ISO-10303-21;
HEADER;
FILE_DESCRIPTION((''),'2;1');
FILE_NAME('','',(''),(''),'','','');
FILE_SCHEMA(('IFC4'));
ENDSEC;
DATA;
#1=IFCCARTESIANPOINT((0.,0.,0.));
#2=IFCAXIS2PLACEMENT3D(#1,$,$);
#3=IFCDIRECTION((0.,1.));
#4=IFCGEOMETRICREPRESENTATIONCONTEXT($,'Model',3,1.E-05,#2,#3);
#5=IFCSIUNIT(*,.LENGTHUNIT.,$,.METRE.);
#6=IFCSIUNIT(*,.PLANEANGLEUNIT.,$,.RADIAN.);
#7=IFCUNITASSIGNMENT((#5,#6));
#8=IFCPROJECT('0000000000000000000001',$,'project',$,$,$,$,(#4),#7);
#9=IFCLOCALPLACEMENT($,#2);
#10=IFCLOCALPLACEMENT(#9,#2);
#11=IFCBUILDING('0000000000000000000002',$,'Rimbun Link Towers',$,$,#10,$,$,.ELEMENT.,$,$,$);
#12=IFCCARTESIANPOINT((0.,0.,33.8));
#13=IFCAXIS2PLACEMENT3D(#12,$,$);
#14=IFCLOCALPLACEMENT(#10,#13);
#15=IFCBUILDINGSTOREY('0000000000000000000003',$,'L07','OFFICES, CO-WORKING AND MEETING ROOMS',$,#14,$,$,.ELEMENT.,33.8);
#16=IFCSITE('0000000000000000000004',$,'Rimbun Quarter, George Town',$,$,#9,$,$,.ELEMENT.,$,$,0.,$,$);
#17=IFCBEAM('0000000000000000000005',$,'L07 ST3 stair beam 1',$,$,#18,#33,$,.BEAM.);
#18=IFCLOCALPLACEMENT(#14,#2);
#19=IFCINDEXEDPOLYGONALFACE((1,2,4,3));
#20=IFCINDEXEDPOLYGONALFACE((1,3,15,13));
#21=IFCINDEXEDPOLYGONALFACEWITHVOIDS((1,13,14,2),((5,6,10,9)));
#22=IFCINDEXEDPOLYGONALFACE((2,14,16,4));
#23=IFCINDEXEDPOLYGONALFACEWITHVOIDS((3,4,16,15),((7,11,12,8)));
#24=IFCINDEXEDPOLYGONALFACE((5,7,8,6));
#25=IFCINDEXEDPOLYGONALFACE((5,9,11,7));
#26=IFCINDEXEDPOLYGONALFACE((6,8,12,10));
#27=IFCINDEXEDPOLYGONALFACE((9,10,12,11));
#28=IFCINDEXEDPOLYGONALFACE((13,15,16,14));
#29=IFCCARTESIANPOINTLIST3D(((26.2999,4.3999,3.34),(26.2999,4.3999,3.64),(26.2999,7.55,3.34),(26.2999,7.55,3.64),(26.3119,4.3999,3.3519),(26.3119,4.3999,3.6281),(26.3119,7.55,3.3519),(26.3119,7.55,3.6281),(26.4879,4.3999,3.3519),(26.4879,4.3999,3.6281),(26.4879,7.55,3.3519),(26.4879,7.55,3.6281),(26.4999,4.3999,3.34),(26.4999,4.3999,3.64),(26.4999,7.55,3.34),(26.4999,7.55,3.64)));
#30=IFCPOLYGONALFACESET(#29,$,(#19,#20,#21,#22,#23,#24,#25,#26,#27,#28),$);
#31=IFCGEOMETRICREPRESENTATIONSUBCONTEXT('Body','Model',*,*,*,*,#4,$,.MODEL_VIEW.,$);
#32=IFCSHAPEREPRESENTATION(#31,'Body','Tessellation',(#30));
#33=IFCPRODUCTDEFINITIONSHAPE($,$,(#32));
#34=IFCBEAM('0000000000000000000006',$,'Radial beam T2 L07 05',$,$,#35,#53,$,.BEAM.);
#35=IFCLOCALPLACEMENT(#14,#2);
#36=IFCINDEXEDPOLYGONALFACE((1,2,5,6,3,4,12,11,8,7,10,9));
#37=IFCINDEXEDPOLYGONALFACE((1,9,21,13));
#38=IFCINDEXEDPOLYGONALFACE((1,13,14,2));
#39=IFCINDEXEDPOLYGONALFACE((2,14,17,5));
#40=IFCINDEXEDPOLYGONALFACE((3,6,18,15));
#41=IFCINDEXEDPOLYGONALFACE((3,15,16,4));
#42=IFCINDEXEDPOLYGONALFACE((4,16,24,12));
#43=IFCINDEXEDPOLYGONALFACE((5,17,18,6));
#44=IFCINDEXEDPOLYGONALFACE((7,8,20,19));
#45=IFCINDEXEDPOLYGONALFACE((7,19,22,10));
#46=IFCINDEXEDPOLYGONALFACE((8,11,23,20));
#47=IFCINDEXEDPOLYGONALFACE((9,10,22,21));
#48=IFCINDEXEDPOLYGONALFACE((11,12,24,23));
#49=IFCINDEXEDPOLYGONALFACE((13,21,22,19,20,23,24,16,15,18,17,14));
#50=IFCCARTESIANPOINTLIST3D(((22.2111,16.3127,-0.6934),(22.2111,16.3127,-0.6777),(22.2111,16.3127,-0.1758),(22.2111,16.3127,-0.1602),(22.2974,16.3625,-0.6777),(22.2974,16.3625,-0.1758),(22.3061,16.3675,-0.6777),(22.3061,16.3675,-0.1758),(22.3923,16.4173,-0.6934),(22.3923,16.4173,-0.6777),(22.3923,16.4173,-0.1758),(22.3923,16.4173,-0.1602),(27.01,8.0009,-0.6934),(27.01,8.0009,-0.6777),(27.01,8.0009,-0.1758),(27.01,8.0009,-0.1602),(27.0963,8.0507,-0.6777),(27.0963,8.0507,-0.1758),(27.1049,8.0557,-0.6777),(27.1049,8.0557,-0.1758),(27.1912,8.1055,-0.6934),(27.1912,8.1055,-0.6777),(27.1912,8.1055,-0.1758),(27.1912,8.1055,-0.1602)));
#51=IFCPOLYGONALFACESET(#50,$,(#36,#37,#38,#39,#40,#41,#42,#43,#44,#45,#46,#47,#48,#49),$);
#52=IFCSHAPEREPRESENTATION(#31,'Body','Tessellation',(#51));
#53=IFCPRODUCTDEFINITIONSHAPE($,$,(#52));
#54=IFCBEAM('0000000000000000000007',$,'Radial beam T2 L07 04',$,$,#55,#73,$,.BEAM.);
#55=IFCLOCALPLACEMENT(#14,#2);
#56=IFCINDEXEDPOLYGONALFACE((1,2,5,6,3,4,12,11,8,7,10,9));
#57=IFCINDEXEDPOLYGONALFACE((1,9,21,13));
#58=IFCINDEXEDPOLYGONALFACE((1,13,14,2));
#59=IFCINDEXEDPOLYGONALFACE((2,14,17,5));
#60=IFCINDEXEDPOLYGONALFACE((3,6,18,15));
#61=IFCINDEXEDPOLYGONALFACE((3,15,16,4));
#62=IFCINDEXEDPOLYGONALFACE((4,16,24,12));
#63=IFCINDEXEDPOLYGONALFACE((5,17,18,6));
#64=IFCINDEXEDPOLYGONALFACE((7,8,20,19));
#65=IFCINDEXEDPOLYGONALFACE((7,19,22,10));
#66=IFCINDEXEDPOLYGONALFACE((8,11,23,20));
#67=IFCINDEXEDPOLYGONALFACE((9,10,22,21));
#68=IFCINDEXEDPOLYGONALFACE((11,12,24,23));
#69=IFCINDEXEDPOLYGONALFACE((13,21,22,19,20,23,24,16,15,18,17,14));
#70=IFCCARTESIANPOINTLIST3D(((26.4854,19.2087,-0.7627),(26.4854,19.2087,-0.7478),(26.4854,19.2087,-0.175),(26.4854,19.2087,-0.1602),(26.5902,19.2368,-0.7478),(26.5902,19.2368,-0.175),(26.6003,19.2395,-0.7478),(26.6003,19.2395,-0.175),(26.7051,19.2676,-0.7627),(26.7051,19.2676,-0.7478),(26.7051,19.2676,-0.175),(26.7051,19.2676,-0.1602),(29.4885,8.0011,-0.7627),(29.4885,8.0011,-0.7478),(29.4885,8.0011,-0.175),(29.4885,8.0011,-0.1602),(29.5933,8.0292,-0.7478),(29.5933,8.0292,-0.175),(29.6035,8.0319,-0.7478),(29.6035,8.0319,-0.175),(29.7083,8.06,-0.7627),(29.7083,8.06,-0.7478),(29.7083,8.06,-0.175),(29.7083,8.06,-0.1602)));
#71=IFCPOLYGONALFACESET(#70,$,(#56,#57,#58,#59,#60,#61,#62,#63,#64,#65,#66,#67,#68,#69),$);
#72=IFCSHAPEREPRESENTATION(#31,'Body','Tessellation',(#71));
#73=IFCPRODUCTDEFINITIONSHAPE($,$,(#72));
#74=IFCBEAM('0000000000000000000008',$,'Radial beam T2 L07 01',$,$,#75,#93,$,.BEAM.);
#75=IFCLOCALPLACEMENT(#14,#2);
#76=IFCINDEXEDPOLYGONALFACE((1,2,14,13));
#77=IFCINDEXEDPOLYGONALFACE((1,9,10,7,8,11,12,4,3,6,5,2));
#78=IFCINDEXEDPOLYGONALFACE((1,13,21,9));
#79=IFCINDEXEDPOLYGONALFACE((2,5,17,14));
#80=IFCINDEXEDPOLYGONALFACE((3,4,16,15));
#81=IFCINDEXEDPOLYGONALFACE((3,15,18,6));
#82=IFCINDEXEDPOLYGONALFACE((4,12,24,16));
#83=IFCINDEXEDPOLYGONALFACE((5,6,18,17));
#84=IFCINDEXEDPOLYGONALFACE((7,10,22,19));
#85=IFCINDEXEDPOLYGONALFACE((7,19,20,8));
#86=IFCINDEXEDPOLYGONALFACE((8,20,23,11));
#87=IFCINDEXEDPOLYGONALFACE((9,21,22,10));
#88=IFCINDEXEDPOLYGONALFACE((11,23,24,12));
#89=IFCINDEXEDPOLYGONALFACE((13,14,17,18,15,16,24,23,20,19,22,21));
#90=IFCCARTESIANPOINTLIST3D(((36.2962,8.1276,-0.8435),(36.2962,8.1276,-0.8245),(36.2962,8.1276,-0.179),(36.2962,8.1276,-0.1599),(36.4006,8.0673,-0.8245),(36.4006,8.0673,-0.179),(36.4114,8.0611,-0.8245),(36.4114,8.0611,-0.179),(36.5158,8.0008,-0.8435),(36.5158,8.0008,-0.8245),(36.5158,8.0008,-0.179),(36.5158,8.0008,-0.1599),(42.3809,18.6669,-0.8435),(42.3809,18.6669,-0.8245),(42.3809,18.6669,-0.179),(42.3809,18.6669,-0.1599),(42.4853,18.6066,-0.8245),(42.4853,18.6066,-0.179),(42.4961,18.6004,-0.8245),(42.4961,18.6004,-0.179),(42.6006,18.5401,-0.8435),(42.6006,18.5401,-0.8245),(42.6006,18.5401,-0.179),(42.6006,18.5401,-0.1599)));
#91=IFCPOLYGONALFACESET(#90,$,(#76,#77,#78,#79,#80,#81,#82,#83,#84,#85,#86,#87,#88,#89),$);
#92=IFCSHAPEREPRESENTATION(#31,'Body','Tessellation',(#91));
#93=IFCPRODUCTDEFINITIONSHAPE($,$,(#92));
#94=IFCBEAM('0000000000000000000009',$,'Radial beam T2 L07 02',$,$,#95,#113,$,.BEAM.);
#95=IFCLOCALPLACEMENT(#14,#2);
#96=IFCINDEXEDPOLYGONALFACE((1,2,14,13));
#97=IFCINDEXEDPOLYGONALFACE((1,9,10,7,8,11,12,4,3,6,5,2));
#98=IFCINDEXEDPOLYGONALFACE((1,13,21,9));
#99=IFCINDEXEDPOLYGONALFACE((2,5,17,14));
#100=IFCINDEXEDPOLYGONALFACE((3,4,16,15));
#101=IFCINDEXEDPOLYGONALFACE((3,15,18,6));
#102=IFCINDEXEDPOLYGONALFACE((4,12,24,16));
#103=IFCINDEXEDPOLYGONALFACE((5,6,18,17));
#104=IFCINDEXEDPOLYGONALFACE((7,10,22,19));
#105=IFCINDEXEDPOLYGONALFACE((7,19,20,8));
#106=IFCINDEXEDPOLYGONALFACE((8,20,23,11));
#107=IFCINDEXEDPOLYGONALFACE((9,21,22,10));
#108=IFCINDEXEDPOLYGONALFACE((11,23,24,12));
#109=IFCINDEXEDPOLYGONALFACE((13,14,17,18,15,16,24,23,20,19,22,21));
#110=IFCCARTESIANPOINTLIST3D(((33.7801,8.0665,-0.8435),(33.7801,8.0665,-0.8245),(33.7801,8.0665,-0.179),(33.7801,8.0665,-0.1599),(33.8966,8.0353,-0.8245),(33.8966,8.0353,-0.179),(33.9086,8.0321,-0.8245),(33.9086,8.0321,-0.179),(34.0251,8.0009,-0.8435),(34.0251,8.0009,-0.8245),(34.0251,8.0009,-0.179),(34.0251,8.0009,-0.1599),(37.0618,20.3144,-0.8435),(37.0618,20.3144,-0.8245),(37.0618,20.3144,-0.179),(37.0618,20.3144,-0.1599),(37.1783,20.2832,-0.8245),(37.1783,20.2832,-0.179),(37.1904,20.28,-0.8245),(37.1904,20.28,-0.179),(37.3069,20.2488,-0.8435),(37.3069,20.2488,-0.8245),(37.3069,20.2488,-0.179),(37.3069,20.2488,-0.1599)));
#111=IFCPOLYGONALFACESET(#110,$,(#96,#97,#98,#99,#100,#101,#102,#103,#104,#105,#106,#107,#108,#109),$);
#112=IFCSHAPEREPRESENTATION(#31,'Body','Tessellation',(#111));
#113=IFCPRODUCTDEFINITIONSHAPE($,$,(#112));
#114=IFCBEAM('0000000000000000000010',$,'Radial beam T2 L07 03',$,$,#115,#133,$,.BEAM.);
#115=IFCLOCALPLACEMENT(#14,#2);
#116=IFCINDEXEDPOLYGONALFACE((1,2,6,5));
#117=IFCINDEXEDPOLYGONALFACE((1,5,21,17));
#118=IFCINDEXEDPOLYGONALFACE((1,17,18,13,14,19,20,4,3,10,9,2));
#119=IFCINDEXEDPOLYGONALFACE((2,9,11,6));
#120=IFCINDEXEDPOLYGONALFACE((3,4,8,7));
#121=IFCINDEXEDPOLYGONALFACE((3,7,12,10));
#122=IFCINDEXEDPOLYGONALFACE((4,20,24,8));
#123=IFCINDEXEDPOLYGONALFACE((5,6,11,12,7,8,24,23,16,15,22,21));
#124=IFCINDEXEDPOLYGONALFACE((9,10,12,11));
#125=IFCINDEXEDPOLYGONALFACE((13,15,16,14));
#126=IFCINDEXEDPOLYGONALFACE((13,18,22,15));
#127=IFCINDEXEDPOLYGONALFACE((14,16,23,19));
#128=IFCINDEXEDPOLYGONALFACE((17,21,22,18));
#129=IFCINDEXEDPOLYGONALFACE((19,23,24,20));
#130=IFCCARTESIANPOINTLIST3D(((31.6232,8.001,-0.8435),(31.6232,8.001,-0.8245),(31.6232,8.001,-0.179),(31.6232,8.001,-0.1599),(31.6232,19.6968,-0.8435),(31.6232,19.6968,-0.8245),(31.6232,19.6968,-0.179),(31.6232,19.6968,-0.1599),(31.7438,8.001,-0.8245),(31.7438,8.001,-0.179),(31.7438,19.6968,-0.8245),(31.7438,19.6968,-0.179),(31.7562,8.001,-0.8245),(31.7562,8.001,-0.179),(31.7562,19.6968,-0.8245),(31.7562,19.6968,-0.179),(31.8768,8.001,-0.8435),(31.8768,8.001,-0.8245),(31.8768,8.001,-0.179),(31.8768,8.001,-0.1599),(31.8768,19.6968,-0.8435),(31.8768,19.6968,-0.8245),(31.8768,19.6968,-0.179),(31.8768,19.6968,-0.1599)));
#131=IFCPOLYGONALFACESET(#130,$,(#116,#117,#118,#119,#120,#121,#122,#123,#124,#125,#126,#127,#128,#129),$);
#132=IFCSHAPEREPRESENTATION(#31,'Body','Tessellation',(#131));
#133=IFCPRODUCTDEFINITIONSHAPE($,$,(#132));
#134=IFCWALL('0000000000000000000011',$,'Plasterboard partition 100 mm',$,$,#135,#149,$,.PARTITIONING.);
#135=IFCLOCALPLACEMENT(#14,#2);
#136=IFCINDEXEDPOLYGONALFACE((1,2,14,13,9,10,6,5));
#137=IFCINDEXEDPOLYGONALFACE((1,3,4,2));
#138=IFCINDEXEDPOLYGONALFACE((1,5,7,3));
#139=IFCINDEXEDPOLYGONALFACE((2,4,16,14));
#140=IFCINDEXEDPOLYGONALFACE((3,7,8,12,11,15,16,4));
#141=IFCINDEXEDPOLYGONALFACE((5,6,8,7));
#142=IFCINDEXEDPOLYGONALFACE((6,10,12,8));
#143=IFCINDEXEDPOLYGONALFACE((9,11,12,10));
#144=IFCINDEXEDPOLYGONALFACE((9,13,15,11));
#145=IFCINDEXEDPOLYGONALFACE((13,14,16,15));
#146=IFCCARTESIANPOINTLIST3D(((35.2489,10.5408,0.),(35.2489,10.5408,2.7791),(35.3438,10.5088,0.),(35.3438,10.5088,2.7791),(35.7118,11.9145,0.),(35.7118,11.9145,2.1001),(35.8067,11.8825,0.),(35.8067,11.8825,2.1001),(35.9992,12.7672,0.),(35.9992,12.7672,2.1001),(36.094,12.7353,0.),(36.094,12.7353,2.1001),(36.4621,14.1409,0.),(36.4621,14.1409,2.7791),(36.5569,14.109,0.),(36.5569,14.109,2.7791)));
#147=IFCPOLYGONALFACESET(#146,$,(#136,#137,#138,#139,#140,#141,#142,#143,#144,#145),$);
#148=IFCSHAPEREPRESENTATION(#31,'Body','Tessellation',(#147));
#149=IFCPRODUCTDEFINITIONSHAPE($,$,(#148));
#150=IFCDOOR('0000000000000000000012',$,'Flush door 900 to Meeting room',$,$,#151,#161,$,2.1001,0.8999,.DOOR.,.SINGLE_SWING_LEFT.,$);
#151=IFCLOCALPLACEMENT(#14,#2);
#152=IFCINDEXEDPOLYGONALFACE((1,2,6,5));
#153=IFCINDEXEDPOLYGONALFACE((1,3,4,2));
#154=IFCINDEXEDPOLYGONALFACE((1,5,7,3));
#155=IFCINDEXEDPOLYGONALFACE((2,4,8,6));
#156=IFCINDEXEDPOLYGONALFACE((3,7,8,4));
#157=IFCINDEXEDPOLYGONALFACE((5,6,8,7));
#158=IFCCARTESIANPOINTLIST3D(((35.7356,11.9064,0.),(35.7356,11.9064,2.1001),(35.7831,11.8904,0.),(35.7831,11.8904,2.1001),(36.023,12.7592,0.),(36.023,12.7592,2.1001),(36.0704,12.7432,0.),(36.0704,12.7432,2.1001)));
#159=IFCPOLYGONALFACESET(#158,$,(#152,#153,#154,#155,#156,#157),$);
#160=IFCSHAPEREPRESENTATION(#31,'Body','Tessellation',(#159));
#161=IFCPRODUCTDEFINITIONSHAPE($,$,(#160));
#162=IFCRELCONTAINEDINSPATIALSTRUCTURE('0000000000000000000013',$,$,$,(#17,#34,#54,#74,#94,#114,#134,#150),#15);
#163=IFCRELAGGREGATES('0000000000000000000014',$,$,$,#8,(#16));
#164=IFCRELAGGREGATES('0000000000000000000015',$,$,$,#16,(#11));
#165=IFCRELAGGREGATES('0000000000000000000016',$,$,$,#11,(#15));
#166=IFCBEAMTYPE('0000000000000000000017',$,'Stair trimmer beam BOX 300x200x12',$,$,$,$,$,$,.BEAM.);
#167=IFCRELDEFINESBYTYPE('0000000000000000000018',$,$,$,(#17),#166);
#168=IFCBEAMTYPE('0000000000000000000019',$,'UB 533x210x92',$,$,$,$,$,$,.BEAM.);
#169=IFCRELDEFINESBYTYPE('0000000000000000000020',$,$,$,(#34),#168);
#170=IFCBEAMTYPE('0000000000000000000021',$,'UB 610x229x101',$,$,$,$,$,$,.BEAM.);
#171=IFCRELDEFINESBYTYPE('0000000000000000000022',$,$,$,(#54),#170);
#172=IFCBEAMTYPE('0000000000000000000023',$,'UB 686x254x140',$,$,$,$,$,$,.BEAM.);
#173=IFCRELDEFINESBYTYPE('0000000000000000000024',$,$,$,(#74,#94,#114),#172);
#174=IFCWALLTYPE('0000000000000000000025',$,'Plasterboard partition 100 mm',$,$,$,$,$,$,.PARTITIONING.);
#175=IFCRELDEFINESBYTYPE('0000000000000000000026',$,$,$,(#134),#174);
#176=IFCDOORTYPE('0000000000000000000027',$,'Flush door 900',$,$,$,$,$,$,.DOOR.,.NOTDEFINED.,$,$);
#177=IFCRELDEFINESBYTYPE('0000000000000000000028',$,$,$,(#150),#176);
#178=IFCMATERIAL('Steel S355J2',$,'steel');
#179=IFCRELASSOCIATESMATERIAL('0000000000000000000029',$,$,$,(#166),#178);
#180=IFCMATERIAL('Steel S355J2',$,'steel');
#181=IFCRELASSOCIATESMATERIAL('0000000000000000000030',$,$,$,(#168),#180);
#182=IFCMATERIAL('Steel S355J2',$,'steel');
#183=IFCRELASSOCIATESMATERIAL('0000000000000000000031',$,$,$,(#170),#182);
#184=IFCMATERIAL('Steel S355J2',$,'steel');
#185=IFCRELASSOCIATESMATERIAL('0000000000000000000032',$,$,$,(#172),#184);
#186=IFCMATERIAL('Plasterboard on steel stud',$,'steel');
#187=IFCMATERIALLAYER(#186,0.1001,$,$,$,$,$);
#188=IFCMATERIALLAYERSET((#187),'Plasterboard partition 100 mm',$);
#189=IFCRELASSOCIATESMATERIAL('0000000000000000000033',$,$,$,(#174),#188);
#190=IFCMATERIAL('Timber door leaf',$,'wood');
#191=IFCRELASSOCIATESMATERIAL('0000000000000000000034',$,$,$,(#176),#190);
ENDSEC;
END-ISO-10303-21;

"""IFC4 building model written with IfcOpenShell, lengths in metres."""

from ifc_helpers import new_model, si_unit, direction, frame, frame_2d, origin, origin_2d, place, context, subcontext, project, spatial, rectangle, hollow_rectangle, i_section, extrude, material, layer, layer_set, material_profile, profile_set, type_object, element, fill, save


model = new_model("IFC4")

# Units and contexts
model_context = context("Model", 3, precision=1e-05, world=origin(), true_north=direction((0.0, 1.0)))
body_context = subcontext(model_context, "Body", "Model", "MODEL_VIEW")
ifc_project = project(units=[si_unit("LENGTHUNIT", "METRE"), si_unit("PLANEANGLEUNIT", "RADIAN")], contexts=[model_context])

# Site, building, storey
site_placement = place(None, origin())
site = spatial("IfcSite", under=ifc_project, at=site_placement, Name="Rimbun Quarter, George Town", CompositionType="ELEMENT", RefElevation=0.0)
building_placement = place(site_placement, origin())
building = spatial("IfcBuilding", under=site, at=building_placement, Name="Rimbun Link Towers", CompositionType="ELEMENT")
storey_placement = place(building_placement, frame((0.0, 0.0, 33.8)))
storey = spatial("IfcBuildingStorey", under=building, at=storey_placement, Name="L07", Description="OFFICES, CO-WORKING AND MEETING ROOMS", CompositionType="ELEMENT", Elevation=33.8)

# Beams
ifc_material_1 = material(Name="Steel S355J2", Category="steel")
ifc_material_profile_1 = material_profile(ifc_material_1, hollow_rectangle(XDim=0.2, YDim=0.3, WallThickness=0.012, at=origin_2d()), Name="BOX 300x200x12")
ifc_profile_set_1 = profile_set([ifc_material_profile_1], Name="Steel S355J2")
beam_type_1 = type_object("IfcBeamType", Name="Stair trimmer beam BOX 300x200x12", PredefinedType="BEAM", material=ifc_profile_set_1)
beam_1_placement = place(storey_placement, frame((26.3999, 7.55, 3.49), z_axis=(0.0, -1.0, 0.0), x_axis=(1.0, 0.0, 0.0)))
element("IfcBeam", 1, at=beam_1_placement, inside=storey, type_object=beam_type_1, Name="L07 ST3 stair beam 1", PredefinedType="BEAM", context=body_context, shape_type="SweptSolid", body=[
    extrude(hollow_rectangle(XDim=0.2, YDim=0.3, WallThickness=0.012, at=origin_2d()), origin(), (0.0, 0.0, 1.0), 3.1501),
])
ifc_material_2 = material(Name="Steel S355J2", Category="steel")
ifc_material_profile_2 = material_profile(ifc_material_2, i_section(OverallWidth=0.2092, OverallDepth=0.5332, WebThickness=0.01, FlangeThickness=0.0156, at=origin_2d()), Name="UB 533x210x92")
ifc_profile_set_2 = profile_set([ifc_material_profile_2], Name="Steel S355J2")
beam_type_2 = type_object("IfcBeamType", Name="UB 533x210x92", PredefinedType="BEAM", material=ifc_profile_set_2)
beam_2_placement = place(storey_placement, frame((27.1006, 8.0532, -0.4268), z_axis=(-0.500002, 0.866024, 0.0), x_axis=(-0.866024, -0.500002, 0.0)))
element("IfcBeam", 2, at=beam_2_placement, inside=storey, type_object=beam_type_2, Name="Radial beam T2 L07 05", PredefinedType="BEAM", context=body_context, shape_type="SweptSolid", body=[
    extrude(i_section(OverallWidth=0.2092, OverallDepth=0.5332, WebThickness=0.01, FlangeThickness=0.0156, at=origin_2d()), origin(), (0.0, 0.0, 1.0), 9.5977),
])
ifc_material_3 = material(Name="Steel S355J2", Category="steel")
ifc_material_profile_3 = material_profile(ifc_material_3, i_section(OverallWidth=0.2275, OverallDepth=0.6025, WebThickness=0.0105, FlangeThickness=0.0149, at=origin_2d()), Name="UB 610x229x101")
ifc_profile_set_3 = profile_set([ifc_material_profile_3], Name="Steel S355J2")
beam_type_3 = type_object("IfcBeamType", Name="UB 610x229x101", PredefinedType="BEAM", material=ifc_profile_set_3)
beam_3_placement = place(storey_placement, frame((29.5984, 8.0305, -0.4614), z_axis=(-0.258824, 0.965924, 0.0), x_axis=(-0.965924, -0.258824, 0.0)))
element("IfcBeam", 3, at=beam_3_placement, inside=storey, type_object=beam_type_3, Name="Radial beam T2 L07 04", PredefinedType="BEAM", context=body_context, shape_type="SweptSolid", body=[
    extrude(i_section(OverallWidth=0.2275, OverallDepth=0.6025, WebThickness=0.0105, FlangeThickness=0.0149, at=origin_2d()), origin(), (0.0, 0.0, 1.0), 11.603),
])
ifc_material_4 = material(Name="Steel S355J2", Category="steel")
ifc_material_profile_4 = material_profile(ifc_material_4, i_section(OverallWidth=0.2537, OverallDepth=0.6836, WebThickness=0.0125, FlangeThickness=0.019, at=origin_2d()), Name="UB 686x254x140")
ifc_profile_set_4 = profile_set([ifc_material_profile_4], Name="Steel S355J2")
beam_type_4 = type_object("IfcBeamType", Name="UB 686x254x140", PredefinedType="BEAM", material=ifc_profile_set_4)
beam_4_placement = place(storey_placement, frame((36.406, 8.0642, -0.5017), z_axis=(0.49999, 0.866031, 0.0), x_axis=(-0.866031, 0.49999, 0.0)))
element("IfcBeam", 4, at=beam_4_placement, inside=storey, type_object=beam_type_4, Name="Radial beam T2 L07 01", PredefinedType="BEAM", context=body_context, shape_type="SweptSolid", body=[
    extrude(i_section(OverallWidth=0.2537, OverallDepth=0.6836, WebThickness=0.0125, FlangeThickness=0.019, at=origin_2d()), origin(), (0.0, 0.0, 1.0), 12.1697),
])
beam_5_placement = place(storey_placement, frame((33.9026, 8.0337, -0.5017), z_axis=(0.258815, 0.965927, 0.0), x_axis=(-0.965927, 0.258815, 0.0)))
element("IfcBeam", 5, at=beam_5_placement, inside=storey, type_object=beam_type_4, Name="Radial beam T2 L07 02", PredefinedType="BEAM", context=body_context, shape_type="SweptSolid", body=[
    extrude(i_section(OverallWidth=0.2537, OverallDepth=0.6836, WebThickness=0.0125, FlangeThickness=0.019, at=origin_2d()), origin(), (0.0, 0.0, 1.0), 12.6799),
])
beam_6_placement = place(storey_placement, frame((31.75, 8.001, -0.5017), z_axis=(0.0, 1.0, 0.0), x_axis=(-1.0, 0.0, 0.0)))
element("IfcBeam", 6, at=beam_6_placement, inside=storey, type_object=beam_type_4, Name="Radial beam T2 L07 03", PredefinedType="BEAM", context=body_context, shape_type="SweptSolid", body=[
    extrude(i_section(OverallWidth=0.2537, OverallDepth=0.6836, WebThickness=0.0125, FlangeThickness=0.019, at=origin_2d()), origin(), (0.0, 0.0, 1.0), 11.6958),
])

# Wall, opening, door
ifc_material_5 = material(Name="Plasterboard on steel stud", Category="steel")
ifc_layer_1 = layer(ifc_material_5, 0.1001)
ifc_layer_set_1 = layer_set([ifc_layer_1], Name="Plasterboard partition 100 mm")
wall_type_1 = type_object("IfcWallType", Name="Plasterboard partition 100 mm", PredefinedType="PARTITIONING", material=ifc_layer_set_1)
wall_1_placement = place(storey_placement, frame((35.2964, 10.5249, 0.0), z_axis=(0.0, 0.0, 1.0), x_axis=(0.31933, 0.947644, 0.0)))
wall_1 = element("IfcWall", 7, at=wall_1_placement, inside=storey, type_object=wall_type_1, Name="Plasterboard partition 100 mm", PredefinedType="PARTITIONING", context=body_context, shape_type="SweptSolid", body=[
    extrude(rectangle(XDim=3.7991, YDim=0.1001, at=frame_2d((1.8994, 0.0))), origin(), (0.0, 0.0, 1.0), 2.7791),
])
opening_1_placement = place(wall_1_placement, frame((1.4495, 0.0, 0.0)))
opening_1 = element("IfcOpeningElement", 8, at=opening_1_placement, cuts=wall_1, PredefinedType="OPENING", context=body_context, shape_type="SweptSolid", body=[
    extrude(rectangle(XDim=0.8999, YDim=2.1001, at=frame_2d((0.45, 1.05))), frame((0.0, 0.0601, 0.0), z_axis=(0.0, -1.0, 0.0), x_axis=(1.0, 0.0, 0.0)), (0.0, 0.0, 1.0), 0.1201),
])
ifc_material_6 = material(Name="Timber door leaf", Category="wood")
door_type_1 = type_object("IfcDoorType", Name="Flush door 900", OperationType="NOTDEFINED", PredefinedType="DOOR", material=ifc_material_6)
door_1_placement = place(opening_1_placement, origin())
door_1 = element("IfcDoor", 9, at=door_1_placement, inside=storey, type_object=door_type_1, Name="Flush door 900 to Meeting room", OperationType="SINGLE_SWING_LEFT", OverallHeight=2.1001, OverallWidth=0.8999, PredefinedType="DOOR", context=body_context, shape_type="SweptSolid", body=[
    extrude(rectangle(XDim=0.8999, YDim=2.1001, at=frame_2d((0.45, 1.05))), frame((0.0, 0.0249, 0.0), z_axis=(0.0, -1.0, 0.0), x_axis=(1.0, 0.0, 0.0)), (0.0, 0.0, 1.0), 0.05),
])
fill(opening_1, door_1)

save(model, "model.ifc")
